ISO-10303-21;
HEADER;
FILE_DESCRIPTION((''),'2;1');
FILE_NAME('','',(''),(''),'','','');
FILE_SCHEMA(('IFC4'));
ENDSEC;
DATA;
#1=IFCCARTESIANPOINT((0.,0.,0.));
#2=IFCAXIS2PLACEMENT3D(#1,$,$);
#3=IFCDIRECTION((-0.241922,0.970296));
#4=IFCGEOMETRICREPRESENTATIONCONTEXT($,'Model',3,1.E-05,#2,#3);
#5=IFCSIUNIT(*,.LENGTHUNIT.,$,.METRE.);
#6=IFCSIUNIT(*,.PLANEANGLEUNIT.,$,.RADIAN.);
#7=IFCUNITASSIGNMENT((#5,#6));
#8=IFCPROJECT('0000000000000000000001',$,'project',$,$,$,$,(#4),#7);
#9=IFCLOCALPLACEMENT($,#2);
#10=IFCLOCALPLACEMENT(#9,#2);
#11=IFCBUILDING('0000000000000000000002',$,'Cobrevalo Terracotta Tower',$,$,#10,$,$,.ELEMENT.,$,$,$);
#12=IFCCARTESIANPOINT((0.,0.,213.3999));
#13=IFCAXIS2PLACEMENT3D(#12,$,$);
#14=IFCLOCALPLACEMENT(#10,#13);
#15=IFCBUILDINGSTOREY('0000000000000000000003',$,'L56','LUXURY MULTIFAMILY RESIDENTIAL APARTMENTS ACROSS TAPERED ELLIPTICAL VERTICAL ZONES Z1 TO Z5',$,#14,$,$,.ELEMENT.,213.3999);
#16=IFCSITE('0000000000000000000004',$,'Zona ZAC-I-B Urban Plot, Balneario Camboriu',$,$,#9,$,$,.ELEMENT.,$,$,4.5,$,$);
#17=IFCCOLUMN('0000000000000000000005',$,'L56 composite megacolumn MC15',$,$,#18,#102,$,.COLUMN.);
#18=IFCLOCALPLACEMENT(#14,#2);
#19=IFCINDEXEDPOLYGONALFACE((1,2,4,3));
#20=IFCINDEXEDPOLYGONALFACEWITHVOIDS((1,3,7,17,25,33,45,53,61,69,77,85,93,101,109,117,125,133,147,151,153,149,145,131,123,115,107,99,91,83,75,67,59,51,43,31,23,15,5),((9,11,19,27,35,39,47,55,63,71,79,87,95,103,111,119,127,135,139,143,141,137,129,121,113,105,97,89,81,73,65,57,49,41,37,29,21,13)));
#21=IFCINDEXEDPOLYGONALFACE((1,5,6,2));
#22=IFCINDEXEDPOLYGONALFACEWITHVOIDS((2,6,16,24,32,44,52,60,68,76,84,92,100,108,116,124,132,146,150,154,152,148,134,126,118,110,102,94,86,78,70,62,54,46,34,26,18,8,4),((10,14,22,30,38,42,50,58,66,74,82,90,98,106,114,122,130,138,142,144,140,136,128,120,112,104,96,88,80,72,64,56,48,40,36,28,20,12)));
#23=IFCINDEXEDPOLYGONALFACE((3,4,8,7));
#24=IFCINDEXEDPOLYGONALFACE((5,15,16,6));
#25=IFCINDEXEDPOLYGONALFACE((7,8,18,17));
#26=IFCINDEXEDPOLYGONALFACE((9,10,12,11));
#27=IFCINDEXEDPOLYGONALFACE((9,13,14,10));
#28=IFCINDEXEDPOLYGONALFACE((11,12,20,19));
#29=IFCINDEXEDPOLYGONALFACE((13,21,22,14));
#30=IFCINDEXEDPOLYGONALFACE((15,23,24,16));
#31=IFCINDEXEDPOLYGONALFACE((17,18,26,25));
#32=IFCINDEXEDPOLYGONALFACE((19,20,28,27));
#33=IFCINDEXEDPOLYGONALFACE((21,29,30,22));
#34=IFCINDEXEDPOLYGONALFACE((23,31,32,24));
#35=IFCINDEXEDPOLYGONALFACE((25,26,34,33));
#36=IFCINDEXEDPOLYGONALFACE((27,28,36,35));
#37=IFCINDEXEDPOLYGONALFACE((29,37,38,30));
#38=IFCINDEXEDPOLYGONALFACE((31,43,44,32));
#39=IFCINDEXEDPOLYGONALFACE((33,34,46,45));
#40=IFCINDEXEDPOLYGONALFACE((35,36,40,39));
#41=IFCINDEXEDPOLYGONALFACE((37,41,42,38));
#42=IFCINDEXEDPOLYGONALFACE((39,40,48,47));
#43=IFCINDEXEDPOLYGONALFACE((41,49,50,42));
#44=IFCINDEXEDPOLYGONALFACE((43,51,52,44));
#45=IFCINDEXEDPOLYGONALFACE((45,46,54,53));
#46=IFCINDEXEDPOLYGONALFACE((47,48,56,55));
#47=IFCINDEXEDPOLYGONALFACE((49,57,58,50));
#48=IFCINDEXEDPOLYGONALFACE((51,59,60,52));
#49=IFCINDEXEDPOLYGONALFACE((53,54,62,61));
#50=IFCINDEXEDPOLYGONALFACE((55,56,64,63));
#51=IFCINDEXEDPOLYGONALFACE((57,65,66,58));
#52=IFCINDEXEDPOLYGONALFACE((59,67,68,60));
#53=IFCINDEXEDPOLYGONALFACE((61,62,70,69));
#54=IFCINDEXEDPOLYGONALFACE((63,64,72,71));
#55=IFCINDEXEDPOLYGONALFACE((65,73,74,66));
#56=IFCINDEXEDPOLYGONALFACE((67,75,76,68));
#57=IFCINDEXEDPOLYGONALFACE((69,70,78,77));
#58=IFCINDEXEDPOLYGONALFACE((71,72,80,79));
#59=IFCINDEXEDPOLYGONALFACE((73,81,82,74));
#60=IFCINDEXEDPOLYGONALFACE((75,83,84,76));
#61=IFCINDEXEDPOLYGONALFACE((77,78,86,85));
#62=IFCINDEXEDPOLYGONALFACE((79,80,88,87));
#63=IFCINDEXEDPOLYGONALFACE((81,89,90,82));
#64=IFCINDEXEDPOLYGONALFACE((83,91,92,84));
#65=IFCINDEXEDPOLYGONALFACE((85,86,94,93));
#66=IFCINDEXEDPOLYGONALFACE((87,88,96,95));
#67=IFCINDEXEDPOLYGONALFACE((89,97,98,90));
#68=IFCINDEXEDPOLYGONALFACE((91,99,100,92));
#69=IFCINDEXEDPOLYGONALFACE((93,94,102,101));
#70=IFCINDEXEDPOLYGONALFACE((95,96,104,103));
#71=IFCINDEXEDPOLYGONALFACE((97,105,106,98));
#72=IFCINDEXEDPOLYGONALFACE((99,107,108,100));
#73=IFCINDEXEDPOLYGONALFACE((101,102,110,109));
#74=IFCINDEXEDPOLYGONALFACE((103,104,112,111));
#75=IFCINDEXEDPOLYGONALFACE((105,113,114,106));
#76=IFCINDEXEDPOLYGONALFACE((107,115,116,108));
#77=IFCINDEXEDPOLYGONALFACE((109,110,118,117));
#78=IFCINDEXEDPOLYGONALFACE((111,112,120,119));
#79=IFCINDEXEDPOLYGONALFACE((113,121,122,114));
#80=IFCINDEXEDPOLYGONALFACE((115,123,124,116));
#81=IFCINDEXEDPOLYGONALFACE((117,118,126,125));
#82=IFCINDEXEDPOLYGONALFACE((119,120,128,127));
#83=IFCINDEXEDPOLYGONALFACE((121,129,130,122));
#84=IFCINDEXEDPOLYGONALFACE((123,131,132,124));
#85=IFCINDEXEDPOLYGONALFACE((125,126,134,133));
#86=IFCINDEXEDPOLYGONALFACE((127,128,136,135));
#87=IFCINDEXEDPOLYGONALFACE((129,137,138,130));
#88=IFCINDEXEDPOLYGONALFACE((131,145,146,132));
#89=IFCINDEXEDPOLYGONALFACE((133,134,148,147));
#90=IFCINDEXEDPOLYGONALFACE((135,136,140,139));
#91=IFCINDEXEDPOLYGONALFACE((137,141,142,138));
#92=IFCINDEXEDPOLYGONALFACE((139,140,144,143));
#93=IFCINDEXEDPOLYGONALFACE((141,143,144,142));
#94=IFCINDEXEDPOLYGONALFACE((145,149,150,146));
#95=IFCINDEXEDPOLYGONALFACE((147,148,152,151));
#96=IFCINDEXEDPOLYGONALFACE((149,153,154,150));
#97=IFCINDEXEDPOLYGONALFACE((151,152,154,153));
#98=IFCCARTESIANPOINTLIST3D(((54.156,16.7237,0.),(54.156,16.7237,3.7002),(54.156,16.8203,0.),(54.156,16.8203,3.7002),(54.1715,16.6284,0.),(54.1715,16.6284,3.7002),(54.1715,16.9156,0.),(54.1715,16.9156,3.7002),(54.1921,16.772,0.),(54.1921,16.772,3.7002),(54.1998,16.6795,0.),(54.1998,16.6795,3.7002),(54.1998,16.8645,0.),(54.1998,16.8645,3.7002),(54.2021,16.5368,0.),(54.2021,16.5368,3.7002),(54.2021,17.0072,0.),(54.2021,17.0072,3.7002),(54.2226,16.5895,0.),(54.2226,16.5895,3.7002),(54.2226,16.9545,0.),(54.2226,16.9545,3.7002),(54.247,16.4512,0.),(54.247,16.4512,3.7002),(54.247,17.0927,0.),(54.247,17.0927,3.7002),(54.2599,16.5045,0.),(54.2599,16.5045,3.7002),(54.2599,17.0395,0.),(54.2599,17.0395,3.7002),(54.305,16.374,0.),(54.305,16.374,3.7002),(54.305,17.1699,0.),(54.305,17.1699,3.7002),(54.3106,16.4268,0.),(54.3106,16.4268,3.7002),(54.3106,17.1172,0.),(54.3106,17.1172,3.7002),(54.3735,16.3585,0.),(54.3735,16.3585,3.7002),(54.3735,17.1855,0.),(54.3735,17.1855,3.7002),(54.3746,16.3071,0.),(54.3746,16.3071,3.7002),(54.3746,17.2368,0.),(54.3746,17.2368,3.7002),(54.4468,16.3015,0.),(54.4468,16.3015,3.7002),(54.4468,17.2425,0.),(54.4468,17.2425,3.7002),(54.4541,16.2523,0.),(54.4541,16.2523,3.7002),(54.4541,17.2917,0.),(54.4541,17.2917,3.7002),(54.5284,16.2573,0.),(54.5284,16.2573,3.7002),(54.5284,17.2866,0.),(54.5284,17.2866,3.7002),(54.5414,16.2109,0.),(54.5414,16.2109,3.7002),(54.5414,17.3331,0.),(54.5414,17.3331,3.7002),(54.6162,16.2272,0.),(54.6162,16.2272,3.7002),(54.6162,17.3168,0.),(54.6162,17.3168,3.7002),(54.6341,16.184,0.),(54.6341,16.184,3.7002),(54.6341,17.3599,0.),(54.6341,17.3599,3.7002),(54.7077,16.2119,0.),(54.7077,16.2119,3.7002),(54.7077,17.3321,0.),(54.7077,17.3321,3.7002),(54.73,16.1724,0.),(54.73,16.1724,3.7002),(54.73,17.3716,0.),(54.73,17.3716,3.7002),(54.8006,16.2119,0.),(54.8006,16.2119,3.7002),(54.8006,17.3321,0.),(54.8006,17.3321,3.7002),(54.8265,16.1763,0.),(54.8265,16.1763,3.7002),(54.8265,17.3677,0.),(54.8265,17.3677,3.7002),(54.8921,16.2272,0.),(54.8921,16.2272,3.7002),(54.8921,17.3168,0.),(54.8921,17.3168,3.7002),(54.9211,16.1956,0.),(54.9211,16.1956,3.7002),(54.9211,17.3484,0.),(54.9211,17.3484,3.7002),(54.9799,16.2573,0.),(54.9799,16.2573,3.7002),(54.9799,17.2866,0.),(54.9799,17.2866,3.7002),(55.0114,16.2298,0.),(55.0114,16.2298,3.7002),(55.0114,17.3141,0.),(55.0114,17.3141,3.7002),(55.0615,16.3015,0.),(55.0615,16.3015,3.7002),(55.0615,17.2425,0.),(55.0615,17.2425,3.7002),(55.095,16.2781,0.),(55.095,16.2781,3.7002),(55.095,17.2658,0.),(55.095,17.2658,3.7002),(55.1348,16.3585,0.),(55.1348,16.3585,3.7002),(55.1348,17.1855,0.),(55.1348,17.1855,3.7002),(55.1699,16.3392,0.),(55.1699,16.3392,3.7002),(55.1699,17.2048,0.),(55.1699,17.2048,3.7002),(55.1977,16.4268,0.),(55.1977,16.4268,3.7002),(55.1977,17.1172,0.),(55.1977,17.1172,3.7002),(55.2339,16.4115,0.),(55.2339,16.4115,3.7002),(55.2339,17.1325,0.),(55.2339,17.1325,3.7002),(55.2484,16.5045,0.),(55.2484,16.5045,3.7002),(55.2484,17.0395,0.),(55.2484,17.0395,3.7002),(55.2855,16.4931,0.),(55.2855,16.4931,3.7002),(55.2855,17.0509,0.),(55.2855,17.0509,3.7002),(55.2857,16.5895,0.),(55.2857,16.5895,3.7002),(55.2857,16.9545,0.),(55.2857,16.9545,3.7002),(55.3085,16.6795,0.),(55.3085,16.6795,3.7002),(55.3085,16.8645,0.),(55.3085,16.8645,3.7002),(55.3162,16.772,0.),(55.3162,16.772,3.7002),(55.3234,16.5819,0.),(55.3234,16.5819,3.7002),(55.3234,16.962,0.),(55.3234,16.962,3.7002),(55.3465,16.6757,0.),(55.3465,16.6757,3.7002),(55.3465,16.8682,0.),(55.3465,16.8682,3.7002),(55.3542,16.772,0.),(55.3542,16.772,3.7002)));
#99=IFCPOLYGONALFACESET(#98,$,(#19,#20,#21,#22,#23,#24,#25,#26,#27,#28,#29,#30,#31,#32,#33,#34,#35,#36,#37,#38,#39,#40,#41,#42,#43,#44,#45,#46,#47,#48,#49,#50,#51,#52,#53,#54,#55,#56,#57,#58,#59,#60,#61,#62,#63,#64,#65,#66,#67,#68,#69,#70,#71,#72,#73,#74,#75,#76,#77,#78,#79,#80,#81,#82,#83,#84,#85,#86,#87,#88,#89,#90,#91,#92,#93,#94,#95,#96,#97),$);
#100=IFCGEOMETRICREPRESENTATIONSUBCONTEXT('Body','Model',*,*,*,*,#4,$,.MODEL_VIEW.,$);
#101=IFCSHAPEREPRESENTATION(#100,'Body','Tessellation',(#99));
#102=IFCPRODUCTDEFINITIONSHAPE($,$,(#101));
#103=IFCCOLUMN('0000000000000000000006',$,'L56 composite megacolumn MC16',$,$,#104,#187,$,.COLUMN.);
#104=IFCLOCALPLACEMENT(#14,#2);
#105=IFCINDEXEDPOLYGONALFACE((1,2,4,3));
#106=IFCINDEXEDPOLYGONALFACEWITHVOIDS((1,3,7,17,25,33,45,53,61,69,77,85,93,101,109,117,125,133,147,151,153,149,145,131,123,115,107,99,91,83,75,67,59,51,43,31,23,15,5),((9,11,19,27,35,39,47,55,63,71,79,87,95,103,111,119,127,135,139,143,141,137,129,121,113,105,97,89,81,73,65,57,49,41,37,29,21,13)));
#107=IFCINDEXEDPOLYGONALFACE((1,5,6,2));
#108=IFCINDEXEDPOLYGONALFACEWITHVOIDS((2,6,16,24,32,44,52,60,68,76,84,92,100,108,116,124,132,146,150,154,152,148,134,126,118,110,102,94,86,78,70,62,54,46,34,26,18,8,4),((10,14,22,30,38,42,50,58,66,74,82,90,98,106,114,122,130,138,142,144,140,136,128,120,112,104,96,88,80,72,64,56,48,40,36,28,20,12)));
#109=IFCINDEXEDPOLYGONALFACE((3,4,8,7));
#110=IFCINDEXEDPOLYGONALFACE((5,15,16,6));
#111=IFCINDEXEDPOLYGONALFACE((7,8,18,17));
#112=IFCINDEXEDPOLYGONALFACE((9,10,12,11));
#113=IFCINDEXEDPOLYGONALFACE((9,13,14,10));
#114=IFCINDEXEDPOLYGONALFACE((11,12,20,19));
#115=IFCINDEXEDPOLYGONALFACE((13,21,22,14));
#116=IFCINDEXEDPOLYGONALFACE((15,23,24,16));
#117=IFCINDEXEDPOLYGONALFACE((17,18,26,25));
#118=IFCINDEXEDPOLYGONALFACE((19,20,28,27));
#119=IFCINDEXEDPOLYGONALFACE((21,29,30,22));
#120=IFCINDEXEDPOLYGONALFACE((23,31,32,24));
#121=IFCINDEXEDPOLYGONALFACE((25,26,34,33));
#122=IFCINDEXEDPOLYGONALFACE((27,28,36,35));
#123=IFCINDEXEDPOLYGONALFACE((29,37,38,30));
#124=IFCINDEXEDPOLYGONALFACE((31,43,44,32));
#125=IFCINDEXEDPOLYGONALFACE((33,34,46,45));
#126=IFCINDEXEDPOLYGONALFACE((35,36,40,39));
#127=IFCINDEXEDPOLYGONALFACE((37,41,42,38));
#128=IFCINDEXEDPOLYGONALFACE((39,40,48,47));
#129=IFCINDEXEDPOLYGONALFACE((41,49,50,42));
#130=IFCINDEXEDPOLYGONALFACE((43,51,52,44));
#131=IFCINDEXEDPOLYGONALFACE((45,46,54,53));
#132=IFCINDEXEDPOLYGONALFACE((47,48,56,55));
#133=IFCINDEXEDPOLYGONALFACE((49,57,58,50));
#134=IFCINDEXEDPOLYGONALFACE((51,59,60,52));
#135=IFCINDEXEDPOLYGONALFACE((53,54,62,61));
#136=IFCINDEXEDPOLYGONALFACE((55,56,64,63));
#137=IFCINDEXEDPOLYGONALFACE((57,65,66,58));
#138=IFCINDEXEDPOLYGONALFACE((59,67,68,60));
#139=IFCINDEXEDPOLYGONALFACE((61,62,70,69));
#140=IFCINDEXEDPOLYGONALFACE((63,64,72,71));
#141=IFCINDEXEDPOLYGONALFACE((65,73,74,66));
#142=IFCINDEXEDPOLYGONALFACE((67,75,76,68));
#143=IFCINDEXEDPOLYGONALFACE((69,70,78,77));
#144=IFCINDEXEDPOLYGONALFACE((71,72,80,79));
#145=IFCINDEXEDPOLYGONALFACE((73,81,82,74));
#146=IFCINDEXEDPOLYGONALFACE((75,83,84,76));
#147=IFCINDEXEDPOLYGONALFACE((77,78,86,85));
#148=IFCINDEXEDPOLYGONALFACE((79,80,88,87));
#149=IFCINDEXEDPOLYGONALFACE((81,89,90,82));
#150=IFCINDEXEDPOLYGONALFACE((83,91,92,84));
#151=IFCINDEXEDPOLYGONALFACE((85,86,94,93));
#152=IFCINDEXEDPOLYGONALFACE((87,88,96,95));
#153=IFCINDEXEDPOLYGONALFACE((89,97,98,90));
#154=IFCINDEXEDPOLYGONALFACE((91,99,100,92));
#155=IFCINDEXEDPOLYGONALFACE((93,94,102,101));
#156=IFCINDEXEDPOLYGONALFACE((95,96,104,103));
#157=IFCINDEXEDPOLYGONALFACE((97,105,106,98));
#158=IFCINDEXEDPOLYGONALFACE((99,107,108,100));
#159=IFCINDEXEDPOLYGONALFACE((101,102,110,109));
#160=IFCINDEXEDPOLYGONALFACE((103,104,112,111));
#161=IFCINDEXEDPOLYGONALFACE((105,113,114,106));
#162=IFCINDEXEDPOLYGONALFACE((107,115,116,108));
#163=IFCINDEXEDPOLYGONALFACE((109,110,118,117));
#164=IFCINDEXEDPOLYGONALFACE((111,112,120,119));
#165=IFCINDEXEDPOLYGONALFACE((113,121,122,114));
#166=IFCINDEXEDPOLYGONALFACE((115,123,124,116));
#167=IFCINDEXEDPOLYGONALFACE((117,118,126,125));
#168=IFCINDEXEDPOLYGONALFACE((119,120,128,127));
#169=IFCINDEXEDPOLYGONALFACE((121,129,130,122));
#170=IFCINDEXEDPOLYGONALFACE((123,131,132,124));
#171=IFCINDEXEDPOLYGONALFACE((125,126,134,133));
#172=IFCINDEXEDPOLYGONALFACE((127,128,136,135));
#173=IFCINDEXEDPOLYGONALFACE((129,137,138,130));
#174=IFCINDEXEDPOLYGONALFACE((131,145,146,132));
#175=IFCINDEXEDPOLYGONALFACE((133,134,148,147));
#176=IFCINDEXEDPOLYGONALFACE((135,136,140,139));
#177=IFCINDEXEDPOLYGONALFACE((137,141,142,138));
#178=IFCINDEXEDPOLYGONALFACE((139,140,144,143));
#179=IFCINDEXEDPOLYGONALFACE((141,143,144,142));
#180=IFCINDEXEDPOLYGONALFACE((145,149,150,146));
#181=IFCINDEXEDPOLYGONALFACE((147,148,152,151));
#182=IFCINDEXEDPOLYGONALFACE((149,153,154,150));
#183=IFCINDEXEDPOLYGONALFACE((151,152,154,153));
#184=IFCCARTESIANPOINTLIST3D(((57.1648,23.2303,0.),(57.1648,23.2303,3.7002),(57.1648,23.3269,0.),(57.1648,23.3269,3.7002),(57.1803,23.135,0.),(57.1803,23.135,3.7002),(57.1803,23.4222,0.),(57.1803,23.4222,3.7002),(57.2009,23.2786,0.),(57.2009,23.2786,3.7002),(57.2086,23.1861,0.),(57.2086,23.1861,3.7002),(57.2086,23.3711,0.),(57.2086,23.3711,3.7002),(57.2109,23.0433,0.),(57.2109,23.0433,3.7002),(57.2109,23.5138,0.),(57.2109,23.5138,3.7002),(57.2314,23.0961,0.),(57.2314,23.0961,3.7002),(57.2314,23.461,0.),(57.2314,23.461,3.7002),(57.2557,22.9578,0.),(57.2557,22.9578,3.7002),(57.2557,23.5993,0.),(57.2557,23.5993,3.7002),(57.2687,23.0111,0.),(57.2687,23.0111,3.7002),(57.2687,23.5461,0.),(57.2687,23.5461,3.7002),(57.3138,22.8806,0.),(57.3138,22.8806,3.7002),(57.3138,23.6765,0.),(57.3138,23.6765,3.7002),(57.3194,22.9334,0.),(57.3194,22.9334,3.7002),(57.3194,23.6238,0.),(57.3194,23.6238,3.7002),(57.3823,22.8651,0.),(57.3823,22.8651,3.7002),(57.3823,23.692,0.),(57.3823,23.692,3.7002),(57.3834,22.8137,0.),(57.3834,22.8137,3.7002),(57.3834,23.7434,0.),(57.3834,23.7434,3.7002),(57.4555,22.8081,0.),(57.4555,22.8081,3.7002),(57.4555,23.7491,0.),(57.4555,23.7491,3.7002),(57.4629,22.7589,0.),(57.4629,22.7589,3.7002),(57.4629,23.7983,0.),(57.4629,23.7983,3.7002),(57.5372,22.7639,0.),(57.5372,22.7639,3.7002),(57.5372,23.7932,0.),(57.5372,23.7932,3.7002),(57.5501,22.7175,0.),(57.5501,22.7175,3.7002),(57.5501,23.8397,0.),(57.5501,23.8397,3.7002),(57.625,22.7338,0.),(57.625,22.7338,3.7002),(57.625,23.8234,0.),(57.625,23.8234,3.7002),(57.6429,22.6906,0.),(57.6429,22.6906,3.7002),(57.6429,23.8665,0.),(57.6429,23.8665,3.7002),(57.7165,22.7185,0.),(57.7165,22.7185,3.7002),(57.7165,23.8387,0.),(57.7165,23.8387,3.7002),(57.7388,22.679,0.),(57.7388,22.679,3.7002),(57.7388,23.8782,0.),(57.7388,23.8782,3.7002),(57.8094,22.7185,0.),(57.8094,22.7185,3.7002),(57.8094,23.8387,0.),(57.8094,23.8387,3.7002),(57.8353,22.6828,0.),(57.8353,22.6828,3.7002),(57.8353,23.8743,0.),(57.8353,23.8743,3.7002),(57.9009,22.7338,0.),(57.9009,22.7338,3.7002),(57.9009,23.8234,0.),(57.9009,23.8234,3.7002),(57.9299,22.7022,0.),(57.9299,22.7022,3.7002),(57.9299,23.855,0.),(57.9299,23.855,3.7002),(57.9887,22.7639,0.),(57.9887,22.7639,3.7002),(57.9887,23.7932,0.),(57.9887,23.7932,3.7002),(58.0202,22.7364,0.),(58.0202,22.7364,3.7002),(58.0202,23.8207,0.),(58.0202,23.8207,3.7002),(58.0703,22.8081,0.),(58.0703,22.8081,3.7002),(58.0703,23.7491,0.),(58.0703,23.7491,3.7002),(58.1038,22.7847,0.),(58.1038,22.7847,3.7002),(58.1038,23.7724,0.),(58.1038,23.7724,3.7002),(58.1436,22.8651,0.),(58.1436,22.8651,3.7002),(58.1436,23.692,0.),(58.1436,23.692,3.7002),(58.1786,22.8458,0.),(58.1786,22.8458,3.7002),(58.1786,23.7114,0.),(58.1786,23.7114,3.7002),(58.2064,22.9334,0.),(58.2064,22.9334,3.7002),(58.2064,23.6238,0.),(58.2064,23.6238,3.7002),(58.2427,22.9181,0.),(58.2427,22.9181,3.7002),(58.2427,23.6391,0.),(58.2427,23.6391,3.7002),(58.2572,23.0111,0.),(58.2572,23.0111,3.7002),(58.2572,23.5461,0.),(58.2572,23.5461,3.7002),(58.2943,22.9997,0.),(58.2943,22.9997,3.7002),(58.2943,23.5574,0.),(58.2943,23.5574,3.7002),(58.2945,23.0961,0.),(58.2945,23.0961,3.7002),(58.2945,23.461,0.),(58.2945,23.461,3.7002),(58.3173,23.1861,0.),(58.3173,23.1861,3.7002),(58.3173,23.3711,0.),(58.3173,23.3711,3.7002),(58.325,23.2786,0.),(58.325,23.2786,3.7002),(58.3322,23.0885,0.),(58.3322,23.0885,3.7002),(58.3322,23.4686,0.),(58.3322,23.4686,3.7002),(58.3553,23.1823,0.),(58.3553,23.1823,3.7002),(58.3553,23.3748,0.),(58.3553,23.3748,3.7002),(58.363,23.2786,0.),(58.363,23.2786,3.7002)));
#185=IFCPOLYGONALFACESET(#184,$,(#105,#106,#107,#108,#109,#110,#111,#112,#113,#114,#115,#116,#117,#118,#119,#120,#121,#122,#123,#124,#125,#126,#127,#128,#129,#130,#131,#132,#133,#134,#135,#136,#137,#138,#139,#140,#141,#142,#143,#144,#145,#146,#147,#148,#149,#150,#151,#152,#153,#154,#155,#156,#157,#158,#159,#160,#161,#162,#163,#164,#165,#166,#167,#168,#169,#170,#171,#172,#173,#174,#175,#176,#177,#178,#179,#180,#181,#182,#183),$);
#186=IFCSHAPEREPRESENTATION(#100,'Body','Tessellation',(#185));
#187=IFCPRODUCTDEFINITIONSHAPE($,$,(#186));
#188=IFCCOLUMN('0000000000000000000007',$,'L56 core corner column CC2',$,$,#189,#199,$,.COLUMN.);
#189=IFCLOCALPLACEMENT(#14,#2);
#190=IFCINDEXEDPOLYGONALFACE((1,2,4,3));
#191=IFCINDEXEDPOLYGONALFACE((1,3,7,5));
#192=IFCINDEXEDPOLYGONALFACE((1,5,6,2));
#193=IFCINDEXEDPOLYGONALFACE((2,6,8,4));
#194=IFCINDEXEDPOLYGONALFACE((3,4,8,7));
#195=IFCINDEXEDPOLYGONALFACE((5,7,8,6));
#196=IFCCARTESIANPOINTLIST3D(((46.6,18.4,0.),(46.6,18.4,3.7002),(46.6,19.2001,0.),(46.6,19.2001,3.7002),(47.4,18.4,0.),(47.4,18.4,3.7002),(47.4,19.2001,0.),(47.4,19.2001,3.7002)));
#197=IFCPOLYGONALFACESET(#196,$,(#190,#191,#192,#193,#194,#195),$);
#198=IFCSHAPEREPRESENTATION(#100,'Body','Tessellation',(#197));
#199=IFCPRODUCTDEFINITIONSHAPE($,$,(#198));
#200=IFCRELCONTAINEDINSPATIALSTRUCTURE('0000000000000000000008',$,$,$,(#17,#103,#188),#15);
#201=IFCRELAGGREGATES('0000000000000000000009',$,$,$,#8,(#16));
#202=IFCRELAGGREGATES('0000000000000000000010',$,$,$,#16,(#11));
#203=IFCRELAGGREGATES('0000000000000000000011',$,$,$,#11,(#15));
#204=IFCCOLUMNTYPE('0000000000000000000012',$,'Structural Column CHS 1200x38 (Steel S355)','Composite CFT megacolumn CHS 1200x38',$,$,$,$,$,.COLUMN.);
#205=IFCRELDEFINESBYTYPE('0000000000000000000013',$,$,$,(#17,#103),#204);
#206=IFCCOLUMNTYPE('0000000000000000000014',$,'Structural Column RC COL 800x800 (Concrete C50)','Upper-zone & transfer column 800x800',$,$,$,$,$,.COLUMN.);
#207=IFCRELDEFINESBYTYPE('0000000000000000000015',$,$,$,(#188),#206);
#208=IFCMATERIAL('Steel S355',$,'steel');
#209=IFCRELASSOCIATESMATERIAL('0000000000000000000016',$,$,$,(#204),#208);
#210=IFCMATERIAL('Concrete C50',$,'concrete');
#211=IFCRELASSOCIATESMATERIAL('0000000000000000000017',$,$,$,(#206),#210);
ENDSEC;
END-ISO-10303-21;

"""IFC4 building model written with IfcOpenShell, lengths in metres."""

from ifc_helpers import new_model, si_unit, direction, frame, origin, origin_2d, place, context, subcontext, project, spatial, rectangle, hollow_circle, extrude, material, material_profile, profile_set, type_object, element, save


model = new_model("IFC4")

# Units and contexts
model_context = context("Model", 3, precision=1e-05, world=origin(), true_north=direction((-0.241922, 0.970296)))
body_context = subcontext(model_context, "Body", "Model", "MODEL_VIEW")
ifc_project = project(units=[si_unit("LENGTHUNIT", "METRE"), si_unit("PLANEANGLEUNIT", "RADIAN")], contexts=[model_context])

# Site, building, storey
site_placement = place(None, origin())
site = spatial("IfcSite", under=ifc_project, at=site_placement, Name="Zona ZAC-I-B Urban Plot, Balneario Camboriu", CompositionType="ELEMENT", RefElevation=4.5)
building_placement = place(site_placement, origin())
building = spatial("IfcBuilding", under=site, at=building_placement, Name="Cobrevalo Terracotta Tower", CompositionType="ELEMENT")
storey_placement = place(building_placement, frame((0.0, 0.0, 213.3999)))
storey = spatial("IfcBuildingStorey", under=building, at=storey_placement, Name="L56", Description="LUXURY MULTIFAMILY RESIDENTIAL APARTMENTS ACROSS TAPERED ELLIPTICAL VERTICAL ZONES Z1 TO Z5", CompositionType="ELEMENT", Elevation=213.3999)

# Columns
ifc_material_1 = material(Name="Steel S355", Category="steel")
ifc_material_profile_1 = material_profile(ifc_material_1, hollow_circle(Radius=0.6001, WallThickness=0.0381, at=origin_2d()), Name="CHS 1200x38")
ifc_profile_set_1 = profile_set([ifc_material_profile_1], Name="Steel S355")
column_type_1 = type_object("IfcColumnType", Name="Structural Column CHS 1200x38 (Steel S355)", Description="Composite CFT megacolumn CHS 1200x38", PredefinedType="COLUMN", material=ifc_profile_set_1)
for number, where, z_axis, x_axis, name in (
    (1, (54.7542, 16.772, 0.0), (0.0, 0.0, 1.0), (1.0, 0.0, 0.0), "L56 composite megacolumn MC15"),
    (2, (57.7629, 23.2786, 0.0), (0.0, 0.0, 1.0), (1.0, 0.0, 0.0), "L56 composite megacolumn MC16"),
):
    element("IfcColumn", number, at=place(storey_placement, frame(where, z_axis=z_axis, x_axis=x_axis)), inside=storey, type_object=column_type_1, Name=name, PredefinedType="COLUMN", context=body_context, shape_type="SweptSolid", body=[
        extrude(hollow_circle(Radius=0.6001, WallThickness=0.0381, at=origin_2d()), origin(), (0.0, 0.0, 1.0), 3.7002),
    ])
ifc_material_2 = material(Name="Concrete C50", Category="concrete")
ifc_material_profile_2 = material_profile(ifc_material_2, rectangle(XDim=0.8, YDim=0.8, at=origin_2d()), Name="RC COL 800x800")
ifc_profile_set_2 = profile_set([ifc_material_profile_2], Name="Concrete C50")
column_type_2 = type_object("IfcColumnType", Name="Structural Column RC COL 800x800 (Concrete C50)", Description="Upper-zone & transfer column 800x800", PredefinedType="COLUMN", material=ifc_profile_set_2)
column_placement = place(storey_placement, frame((47.0, 18.8, 0.0), z_axis=(0.0, 0.0, 1.0), x_axis=(1.0, 0.0, 0.0)))
element("IfcColumn", 3, at=column_placement, inside=storey, type_object=column_type_2, Name="L56 core corner column CC2", PredefinedType="COLUMN", context=body_context, shape_type="SweptSolid", body=[
    extrude(rectangle(XDim=0.8, YDim=0.8, at=origin_2d()), origin(), (0.0, 0.0, 1.0), 3.7002),
])

save(model, "model.ifc")
